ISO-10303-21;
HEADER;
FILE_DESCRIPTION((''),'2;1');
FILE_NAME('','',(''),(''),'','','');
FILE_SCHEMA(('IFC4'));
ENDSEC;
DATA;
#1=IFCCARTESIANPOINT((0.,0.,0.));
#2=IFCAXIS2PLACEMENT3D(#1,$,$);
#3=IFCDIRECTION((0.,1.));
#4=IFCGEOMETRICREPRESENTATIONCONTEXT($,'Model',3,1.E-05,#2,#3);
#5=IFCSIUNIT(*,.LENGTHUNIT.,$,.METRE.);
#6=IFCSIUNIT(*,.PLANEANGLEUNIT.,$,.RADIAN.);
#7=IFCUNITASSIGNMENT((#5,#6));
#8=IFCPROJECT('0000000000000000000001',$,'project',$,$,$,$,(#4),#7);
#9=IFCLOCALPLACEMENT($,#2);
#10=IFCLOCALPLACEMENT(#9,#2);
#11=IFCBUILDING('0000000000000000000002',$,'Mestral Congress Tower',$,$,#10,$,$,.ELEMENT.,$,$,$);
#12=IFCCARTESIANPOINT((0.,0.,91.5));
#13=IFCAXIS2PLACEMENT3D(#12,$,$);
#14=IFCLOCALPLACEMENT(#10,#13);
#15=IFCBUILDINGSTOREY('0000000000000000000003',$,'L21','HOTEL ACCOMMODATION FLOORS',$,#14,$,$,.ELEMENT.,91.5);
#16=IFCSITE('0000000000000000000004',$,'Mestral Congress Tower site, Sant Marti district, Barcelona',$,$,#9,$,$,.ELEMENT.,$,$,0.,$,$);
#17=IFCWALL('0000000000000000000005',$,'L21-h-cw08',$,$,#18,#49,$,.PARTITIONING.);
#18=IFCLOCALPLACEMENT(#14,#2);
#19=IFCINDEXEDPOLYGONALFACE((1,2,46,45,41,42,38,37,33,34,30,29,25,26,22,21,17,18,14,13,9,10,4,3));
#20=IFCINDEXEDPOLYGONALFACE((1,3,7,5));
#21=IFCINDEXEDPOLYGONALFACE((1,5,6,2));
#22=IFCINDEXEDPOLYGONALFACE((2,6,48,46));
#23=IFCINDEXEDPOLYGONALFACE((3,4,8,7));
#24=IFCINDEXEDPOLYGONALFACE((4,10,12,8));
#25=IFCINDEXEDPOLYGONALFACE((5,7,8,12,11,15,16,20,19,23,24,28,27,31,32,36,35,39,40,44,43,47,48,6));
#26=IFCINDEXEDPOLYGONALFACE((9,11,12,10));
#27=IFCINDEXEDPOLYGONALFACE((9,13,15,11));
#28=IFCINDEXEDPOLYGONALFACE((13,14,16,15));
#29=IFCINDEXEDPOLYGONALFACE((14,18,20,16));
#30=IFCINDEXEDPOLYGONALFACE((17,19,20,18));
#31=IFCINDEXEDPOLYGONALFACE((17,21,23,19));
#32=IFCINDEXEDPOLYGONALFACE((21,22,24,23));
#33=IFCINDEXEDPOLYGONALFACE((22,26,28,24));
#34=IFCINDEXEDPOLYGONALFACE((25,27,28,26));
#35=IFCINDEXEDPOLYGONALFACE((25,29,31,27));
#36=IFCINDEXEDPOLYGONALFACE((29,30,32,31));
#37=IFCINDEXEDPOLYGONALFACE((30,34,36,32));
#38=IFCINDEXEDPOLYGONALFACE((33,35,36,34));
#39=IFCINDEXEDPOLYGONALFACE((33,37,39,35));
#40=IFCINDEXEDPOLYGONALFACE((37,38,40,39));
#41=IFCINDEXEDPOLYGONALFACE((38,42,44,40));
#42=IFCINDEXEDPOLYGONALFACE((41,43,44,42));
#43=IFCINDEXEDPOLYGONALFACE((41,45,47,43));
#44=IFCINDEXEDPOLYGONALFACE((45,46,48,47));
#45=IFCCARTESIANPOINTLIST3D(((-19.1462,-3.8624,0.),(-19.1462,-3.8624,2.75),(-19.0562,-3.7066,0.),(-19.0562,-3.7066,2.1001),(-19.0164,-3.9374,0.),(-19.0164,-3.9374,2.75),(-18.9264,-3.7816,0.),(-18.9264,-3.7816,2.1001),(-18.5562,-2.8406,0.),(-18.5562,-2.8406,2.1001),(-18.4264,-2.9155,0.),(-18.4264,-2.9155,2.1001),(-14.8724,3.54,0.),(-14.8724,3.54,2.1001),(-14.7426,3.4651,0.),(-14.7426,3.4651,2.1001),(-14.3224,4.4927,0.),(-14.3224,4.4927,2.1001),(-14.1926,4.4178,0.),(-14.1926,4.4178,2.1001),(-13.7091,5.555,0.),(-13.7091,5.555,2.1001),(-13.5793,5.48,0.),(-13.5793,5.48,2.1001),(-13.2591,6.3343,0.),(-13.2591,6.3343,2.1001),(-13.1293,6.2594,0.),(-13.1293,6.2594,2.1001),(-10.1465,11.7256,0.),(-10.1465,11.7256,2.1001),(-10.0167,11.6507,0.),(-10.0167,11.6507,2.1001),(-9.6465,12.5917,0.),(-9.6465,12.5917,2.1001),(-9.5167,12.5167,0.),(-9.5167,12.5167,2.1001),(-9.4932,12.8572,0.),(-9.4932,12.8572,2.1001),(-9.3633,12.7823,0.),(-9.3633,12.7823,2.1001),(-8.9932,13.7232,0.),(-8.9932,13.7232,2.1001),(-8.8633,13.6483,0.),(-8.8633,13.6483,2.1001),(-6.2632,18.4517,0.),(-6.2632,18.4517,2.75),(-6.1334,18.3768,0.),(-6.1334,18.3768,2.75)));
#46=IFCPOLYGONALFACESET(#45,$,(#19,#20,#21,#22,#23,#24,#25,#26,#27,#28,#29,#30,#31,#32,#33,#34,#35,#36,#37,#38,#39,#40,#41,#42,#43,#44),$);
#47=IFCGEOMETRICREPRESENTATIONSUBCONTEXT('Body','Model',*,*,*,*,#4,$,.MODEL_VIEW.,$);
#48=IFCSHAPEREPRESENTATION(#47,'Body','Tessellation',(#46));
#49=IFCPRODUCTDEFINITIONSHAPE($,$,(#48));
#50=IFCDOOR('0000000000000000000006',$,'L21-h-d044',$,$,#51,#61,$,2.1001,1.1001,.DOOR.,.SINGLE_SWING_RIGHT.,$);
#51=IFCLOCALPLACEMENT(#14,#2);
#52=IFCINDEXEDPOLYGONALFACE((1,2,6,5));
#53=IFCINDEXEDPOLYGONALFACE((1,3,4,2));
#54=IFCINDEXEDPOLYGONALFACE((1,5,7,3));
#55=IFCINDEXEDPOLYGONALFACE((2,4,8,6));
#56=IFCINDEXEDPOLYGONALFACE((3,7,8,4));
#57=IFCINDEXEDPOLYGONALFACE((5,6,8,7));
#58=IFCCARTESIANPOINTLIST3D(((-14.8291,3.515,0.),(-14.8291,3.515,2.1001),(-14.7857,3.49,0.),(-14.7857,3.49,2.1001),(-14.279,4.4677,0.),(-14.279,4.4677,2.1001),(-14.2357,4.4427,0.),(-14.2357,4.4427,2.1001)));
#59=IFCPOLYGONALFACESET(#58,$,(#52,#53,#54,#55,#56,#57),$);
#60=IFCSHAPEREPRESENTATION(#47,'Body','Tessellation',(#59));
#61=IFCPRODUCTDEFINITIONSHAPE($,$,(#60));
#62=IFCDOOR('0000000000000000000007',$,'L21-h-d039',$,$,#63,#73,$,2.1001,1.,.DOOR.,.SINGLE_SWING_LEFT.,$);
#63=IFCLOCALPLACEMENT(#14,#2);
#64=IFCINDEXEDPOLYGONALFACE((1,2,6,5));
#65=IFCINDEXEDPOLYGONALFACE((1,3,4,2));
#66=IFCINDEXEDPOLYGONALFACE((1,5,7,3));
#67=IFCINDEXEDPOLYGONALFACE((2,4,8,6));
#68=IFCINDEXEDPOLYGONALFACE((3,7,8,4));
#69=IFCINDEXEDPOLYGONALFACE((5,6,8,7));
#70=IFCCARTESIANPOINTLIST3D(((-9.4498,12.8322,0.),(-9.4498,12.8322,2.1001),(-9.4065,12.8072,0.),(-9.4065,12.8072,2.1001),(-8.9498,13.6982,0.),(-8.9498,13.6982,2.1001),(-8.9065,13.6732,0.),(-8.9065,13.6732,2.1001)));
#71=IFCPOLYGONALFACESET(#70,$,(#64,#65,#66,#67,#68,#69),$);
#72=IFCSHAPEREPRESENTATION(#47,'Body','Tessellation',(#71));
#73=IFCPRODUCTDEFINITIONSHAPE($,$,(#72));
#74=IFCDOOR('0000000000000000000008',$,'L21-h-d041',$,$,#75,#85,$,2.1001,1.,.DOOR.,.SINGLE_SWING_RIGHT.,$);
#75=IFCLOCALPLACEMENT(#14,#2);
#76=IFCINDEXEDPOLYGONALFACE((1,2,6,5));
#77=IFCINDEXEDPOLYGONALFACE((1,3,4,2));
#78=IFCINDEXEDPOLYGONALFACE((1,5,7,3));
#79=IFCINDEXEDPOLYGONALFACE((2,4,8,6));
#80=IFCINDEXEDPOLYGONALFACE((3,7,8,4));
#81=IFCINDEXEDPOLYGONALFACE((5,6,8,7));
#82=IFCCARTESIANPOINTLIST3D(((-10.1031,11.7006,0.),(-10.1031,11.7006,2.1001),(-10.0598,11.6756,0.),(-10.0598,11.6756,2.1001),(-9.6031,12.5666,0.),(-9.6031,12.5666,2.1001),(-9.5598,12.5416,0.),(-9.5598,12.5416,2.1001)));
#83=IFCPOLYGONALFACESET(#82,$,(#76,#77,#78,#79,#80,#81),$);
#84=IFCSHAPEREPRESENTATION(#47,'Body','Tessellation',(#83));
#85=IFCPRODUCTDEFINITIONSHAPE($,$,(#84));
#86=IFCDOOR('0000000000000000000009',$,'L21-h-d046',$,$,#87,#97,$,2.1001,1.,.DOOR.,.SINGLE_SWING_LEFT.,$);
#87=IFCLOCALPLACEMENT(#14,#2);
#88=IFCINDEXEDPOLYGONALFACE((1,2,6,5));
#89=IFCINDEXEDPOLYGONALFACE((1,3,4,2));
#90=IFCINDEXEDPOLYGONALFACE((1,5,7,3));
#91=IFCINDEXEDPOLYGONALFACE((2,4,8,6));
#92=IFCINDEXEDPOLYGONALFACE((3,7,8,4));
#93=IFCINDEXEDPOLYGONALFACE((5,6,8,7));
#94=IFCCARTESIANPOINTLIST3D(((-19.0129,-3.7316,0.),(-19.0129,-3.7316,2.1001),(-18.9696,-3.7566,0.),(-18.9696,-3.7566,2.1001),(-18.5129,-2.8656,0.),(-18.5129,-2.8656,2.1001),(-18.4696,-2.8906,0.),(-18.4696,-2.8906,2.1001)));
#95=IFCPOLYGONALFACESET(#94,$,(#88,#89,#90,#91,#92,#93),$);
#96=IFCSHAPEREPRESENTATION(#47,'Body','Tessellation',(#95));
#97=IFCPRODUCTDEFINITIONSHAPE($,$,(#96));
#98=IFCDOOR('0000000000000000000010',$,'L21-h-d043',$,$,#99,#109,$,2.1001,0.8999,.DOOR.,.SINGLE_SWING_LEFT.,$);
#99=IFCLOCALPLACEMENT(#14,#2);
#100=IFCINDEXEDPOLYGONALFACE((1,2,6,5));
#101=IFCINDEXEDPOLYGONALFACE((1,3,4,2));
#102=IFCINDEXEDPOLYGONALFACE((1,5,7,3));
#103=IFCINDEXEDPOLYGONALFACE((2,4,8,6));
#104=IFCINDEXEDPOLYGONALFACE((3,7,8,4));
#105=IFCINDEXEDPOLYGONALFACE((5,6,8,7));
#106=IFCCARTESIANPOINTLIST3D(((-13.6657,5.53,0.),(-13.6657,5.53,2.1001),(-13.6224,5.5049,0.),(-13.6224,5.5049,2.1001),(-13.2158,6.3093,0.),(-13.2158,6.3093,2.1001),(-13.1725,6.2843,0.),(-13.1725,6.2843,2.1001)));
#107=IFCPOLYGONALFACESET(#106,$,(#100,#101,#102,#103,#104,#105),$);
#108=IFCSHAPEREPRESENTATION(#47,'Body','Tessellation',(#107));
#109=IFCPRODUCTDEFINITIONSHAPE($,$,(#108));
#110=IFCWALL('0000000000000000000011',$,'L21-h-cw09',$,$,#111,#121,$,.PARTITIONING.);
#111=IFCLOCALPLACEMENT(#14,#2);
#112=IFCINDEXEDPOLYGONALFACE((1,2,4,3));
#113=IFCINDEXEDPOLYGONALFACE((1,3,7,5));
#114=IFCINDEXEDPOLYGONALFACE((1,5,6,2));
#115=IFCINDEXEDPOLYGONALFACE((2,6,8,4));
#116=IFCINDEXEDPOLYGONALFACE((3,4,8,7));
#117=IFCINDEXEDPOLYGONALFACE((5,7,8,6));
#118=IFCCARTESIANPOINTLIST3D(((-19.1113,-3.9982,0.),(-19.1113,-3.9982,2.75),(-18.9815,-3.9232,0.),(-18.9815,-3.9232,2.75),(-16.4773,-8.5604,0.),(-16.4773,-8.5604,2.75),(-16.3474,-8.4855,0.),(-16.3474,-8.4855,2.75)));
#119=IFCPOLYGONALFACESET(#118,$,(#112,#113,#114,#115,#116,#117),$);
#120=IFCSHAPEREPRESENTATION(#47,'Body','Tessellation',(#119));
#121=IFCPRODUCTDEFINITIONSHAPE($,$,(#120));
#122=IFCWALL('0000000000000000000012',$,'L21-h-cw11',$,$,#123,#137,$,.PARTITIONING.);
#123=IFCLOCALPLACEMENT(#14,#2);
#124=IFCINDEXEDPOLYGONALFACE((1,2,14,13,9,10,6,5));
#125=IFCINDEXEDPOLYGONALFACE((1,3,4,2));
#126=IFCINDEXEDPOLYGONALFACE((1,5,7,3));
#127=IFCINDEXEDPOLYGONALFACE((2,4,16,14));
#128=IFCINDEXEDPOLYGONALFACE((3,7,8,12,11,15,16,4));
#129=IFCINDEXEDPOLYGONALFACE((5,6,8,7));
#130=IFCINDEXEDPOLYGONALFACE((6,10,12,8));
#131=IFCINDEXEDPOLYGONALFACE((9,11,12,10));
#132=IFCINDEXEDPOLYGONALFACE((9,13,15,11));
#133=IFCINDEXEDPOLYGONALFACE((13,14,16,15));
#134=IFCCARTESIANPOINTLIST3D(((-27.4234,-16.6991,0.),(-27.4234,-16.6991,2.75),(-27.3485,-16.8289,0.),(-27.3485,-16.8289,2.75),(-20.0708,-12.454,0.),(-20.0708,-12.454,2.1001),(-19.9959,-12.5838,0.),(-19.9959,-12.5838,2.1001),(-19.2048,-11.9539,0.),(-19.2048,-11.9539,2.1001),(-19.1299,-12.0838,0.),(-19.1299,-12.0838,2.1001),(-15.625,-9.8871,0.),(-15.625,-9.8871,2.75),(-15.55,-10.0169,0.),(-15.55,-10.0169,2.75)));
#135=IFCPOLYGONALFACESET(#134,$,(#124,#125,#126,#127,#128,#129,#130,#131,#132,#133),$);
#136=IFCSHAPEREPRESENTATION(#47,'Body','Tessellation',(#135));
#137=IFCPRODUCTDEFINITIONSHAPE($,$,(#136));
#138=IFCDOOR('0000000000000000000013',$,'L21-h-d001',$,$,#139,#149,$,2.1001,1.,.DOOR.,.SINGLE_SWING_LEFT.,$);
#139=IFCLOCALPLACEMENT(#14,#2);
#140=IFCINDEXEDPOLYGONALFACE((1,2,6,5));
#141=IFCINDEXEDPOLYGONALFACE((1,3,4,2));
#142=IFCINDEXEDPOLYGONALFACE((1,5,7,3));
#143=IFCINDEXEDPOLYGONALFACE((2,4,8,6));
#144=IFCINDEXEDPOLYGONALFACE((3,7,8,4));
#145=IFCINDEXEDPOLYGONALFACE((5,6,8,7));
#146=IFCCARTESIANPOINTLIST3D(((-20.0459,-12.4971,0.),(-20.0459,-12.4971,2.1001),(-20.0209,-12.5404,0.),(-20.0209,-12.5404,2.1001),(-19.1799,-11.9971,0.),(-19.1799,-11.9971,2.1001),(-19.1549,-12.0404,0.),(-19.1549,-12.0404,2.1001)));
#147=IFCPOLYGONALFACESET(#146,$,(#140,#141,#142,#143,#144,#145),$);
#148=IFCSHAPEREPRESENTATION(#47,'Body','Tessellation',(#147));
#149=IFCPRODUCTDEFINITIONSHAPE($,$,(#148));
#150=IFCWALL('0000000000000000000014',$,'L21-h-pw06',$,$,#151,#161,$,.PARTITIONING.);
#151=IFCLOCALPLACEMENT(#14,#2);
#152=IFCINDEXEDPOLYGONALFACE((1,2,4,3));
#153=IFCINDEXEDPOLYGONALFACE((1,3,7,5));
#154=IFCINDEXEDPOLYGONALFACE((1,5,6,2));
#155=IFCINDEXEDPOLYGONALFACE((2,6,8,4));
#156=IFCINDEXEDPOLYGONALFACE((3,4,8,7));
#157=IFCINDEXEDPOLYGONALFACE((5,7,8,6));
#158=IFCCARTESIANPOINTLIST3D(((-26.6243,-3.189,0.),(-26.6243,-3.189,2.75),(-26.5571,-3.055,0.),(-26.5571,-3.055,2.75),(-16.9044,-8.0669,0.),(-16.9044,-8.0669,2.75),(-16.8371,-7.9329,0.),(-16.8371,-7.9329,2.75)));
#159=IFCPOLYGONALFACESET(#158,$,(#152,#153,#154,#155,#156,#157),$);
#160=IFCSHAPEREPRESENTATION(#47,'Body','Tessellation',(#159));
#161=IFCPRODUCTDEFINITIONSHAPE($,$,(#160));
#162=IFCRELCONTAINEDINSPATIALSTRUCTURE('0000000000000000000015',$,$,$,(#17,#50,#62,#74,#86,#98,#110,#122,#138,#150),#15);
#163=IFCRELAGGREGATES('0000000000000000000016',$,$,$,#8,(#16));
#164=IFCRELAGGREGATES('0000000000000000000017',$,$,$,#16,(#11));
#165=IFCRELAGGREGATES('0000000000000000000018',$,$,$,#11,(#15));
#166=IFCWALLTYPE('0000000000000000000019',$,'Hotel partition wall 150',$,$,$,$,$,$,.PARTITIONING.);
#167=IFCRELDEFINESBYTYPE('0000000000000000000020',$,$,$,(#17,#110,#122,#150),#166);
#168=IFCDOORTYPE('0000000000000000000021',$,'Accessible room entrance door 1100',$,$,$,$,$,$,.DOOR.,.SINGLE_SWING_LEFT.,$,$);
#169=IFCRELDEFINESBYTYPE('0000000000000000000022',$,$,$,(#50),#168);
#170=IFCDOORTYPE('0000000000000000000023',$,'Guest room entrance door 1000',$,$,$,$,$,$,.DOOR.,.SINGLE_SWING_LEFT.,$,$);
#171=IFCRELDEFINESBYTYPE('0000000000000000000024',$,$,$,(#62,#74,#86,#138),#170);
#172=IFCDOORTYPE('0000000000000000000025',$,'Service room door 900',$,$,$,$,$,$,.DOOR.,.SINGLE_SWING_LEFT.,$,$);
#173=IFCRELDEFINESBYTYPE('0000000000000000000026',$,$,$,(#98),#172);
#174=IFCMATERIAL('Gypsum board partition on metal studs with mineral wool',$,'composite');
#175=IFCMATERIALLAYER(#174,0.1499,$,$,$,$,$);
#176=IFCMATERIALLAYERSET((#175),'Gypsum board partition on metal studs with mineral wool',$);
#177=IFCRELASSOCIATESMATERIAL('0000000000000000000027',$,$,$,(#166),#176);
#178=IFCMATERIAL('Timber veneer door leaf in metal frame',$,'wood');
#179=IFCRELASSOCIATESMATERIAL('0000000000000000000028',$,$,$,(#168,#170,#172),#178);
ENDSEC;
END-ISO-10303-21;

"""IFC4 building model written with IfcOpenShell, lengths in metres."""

from ifc_helpers import new_model, si_unit, direction, frame, frame_2d, origin, place, context, subcontext, project, spatial, rectangle, extrude, material, layer, layer_set, type_object, element, fill, save


model = new_model("IFC4")

# Units and contexts
model_context = context("Model", 3, precision=1e-05, world=origin(), true_north=direction((0.0, 1.0)))
body_context = subcontext(model_context, "Body", "Model", "MODEL_VIEW")
ifc_project = project(units=[si_unit("LENGTHUNIT", "METRE"), si_unit("PLANEANGLEUNIT", "RADIAN")], contexts=[model_context])

# Site, building, storey
site_placement = place(None, origin())
site = spatial("IfcSite", under=ifc_project, at=site_placement, Name="Mestral Congress Tower site, Sant Marti district, Barcelona", CompositionType="ELEMENT", RefElevation=0.0)
building_placement = place(site_placement, origin())
building = spatial("IfcBuilding", under=site, at=building_placement, Name="Mestral Congress Tower", CompositionType="ELEMENT")
storey_placement = place(building_placement, frame((0.0, 0.0, 91.5)))
storey = spatial("IfcBuildingStorey", under=building, at=storey_placement, Name="L21", Description="HOTEL ACCOMMODATION FLOORS", CompositionType="ELEMENT", Elevation=91.5)

# Shared definitions
ifc_material_1 = material(Name="Gypsum board partition on metal studs with mineral wool", Category="composite")

# Wall, openings, doors
ifc_layer_1 = layer(ifc_material_1, 0.1499)
ifc_layer_set_1 = layer_set([ifc_layer_1], Name="Gypsum board partition on metal studs with mineral wool")
wall_type_1 = type_object("IfcWallType", Name="Hotel partition wall 150", PredefinedType="PARTITIONING", material=ifc_layer_set_1)
wall_1_placement = place(storey_placement, frame((-19.0813, -3.8999, 0.0), z_axis=(0.0, 0.0, 1.0), x_axis=(0.499998, 0.866026, 0.0)))
wall_1 = element("IfcWall", 1, at=wall_1_placement, inside=storey, type_object=wall_type_1, Name="L21-h-cw08", PredefinedType="PARTITIONING", context=body_context, shape_type="SweptSolid", body=[
    extrude(rectangle(XDim=25.7661, YDim=0.1499, at=frame_2d((12.8831, 0.0))), origin(), (0.0, 0.0, 1.0), 2.75),
])
opening_1_placement = place(wall_1_placement, frame((19.3062, 0.0, 0.0)))
opening_1 = element("IfcOpeningElement", 2, at=opening_1_placement, cuts=wall_1, PredefinedType="OPENING", context=body_context, shape_type="SweptSolid", body=[
    extrude(rectangle(XDim=1.0, YDim=2.1001, at=frame_2d((0.5, 1.05))), frame((0.0, 0.085, 0.0), z_axis=(0.0, -1.0, 0.0), x_axis=(1.0, 0.0, 0.0)), (0.0, 0.0, 1.0), 0.1699),
])
opening_2_placement = place(wall_1_placement, frame((17.9995, 0.0, 0.0)))
opening_2 = element("IfcOpeningElement", 3, at=opening_2_placement, cuts=wall_1, PredefinedType="OPENING", context=body_context, shape_type="SweptSolid", body=[
    extrude(rectangle(XDim=1.0, YDim=2.1001, at=frame_2d((0.5, 1.05))), frame((0.0, 0.085, 0.0), z_axis=(0.0, -1.0, 0.0), x_axis=(1.0, 0.0, 0.0)), (0.0, 0.0, 1.0), 0.1699),
])
opening_3_placement = place(wall_1_placement, frame((10.8743, 0.0, 0.0)))
opening_3 = element("IfcOpeningElement", 4, at=opening_3_placement, cuts=wall_1, PredefinedType="OPENING", context=body_context, shape_type="SweptSolid", body=[
    extrude(rectangle(XDim=0.8999, YDim=2.1001, at=frame_2d((0.45, 1.05))), frame((0.0, 0.085, 0.0), z_axis=(0.0, -1.0, 0.0), x_axis=(1.0, 0.0, 0.0)), (0.0, 0.0, 1.0), 0.1699),
])
opening_4_placement = place(wall_1_placement, frame((8.5476, 0.0, 0.0)))
opening_4 = element("IfcOpeningElement", 5, at=opening_4_placement, cuts=wall_1, PredefinedType="OPENING", context=body_context, shape_type="SweptSolid", body=[
    extrude(rectangle(XDim=1.1001, YDim=2.1001, at=frame_2d((0.55, 1.05))), frame((0.0, 0.085, 0.0), z_axis=(0.0, -1.0, 0.0), x_axis=(1.0, 0.0, 0.0)), (0.0, 0.0, 1.0), 0.1699),
])
opening_5_placement = place(wall_1_placement, frame((0.1799, 0.0, 0.0)))
opening_5 = element("IfcOpeningElement", 6, at=opening_5_placement, cuts=wall_1, PredefinedType="OPENING", context=body_context, shape_type="SweptSolid", body=[
    extrude(rectangle(XDim=1.0, YDim=2.1001, at=frame_2d((0.5, 1.05))), frame((0.0, 0.085, 0.0), z_axis=(0.0, -1.0, 0.0), x_axis=(1.0, 0.0, 0.0)), (0.0, 0.0, 1.0), 0.1699),
])
ifc_material_2 = material(Name="Timber veneer door leaf in metal frame", Category="wood")
door_type_1 = type_object("IfcDoorType", Name="Accessible room entrance door 1100", OperationType="SINGLE_SWING_LEFT", PredefinedType="DOOR", material=ifc_material_2)
door_1_placement = place(opening_4_placement, origin())
door_1 = element("IfcDoor", 7, at=door_1_placement, inside=storey, type_object=door_type_1, Name="L21-h-d044", OperationType="SINGLE_SWING_RIGHT", OverallHeight=2.1001, OverallWidth=1.1001, PredefinedType="DOOR", context=body_context, shape_type="SweptSolid", body=[
    extrude(rectangle(XDim=1.1001, YDim=2.1001, at=frame_2d((0.55, 1.05))), frame((0.0, 0.0249, 0.0), z_axis=(0.0, -1.0, 0.0), x_axis=(1.0, 0.0, 0.0)), (0.0, 0.0, 1.0), 0.05),
])
fill(opening_4, door_1)
door_type_2 = type_object("IfcDoorType", Name="Guest room entrance door 1000", OperationType="SINGLE_SWING_LEFT", PredefinedType="DOOR", material=ifc_material_2)
door_2_placement = place(opening_1_placement, origin())
door_2 = element("IfcDoor", 8, at=door_2_placement, inside=storey, type_object=door_type_2, Name="L21-h-d039", OperationType="SINGLE_SWING_LEFT", OverallHeight=2.1001, OverallWidth=1.0, PredefinedType="DOOR", context=body_context, shape_type="SweptSolid", body=[
    extrude(rectangle(XDim=1.0, YDim=2.1001, at=frame_2d((0.5, 1.05))), frame((0.0, 0.0249, 0.0), z_axis=(0.0, -1.0, 0.0), x_axis=(1.0, 0.0, 0.0)), (0.0, 0.0, 1.0), 0.05),
])
fill(opening_1, door_2)
door_3_placement = place(opening_2_placement, origin())
door_3 = element("IfcDoor", 9, at=door_3_placement, inside=storey, type_object=door_type_2, Name="L21-h-d041", OperationType="SINGLE_SWING_RIGHT", OverallHeight=2.1001, OverallWidth=1.0, PredefinedType="DOOR", context=body_context, shape_type="SweptSolid", body=[
    extrude(rectangle(XDim=1.0, YDim=2.1001, at=frame_2d((0.5, 1.05))), frame((0.0, 0.0249, 0.0), z_axis=(0.0, -1.0, 0.0), x_axis=(1.0, 0.0, 0.0)), (0.0, 0.0, 1.0), 0.05),
])
fill(opening_2, door_3)
door_4_placement = place(opening_5_placement, origin())
door_4 = element("IfcDoor", 10, at=door_4_placement, inside=storey, type_object=door_type_2, Name="L21-h-d046", OperationType="SINGLE_SWING_LEFT", OverallHeight=2.1001, OverallWidth=1.0, PredefinedType="DOOR", context=body_context, shape_type="SweptSolid", body=[
    extrude(rectangle(XDim=1.0, YDim=2.1001, at=frame_2d((0.5, 1.05))), frame((0.0, 0.0249, 0.0), z_axis=(0.0, -1.0, 0.0), x_axis=(1.0, 0.0, 0.0)), (0.0, 0.0, 1.0), 0.05),
])
fill(opening_5, door_4)
door_type_3 = type_object("IfcDoorType", Name="Service room door 900", OperationType="SINGLE_SWING_LEFT", PredefinedType="DOOR", material=ifc_material_2)
door_5_placement = place(opening_3_placement, origin())
door_5 = element("IfcDoor", 11, at=door_5_placement, inside=storey, type_object=door_type_3, Name="L21-h-d043", OperationType="SINGLE_SWING_LEFT", OverallHeight=2.1001, OverallWidth=0.8999, PredefinedType="DOOR", context=body_context, shape_type="SweptSolid", body=[
    extrude(rectangle(XDim=0.8999, YDim=2.1001, at=frame_2d((0.45, 1.05))), frame((0.0, 0.0249, 0.0), z_axis=(0.0, -1.0, 0.0), x_axis=(1.0, 0.0, 0.0)), (0.0, 0.0, 1.0), 0.05),
])
fill(opening_3, door_5)

# Wall
wall_2_placement = place(storey_placement, frame((-16.4124, -8.5229, 0.0), z_axis=(0.0, 0.0, 1.0), x_axis=(-0.500002, 0.866024, 0.0)))
element("IfcWall", 12, at=wall_2_placement, inside=storey, type_object=wall_type_1, Name="L21-h-cw09", PredefinedType="PARTITIONING", context=body_context, shape_type="SweptSolid", body=[
    extrude(rectangle(XDim=5.2681, YDim=0.1499, at=frame_2d((2.634, 0.0))), origin(), (0.0, 0.0, 1.0), 2.75),
])

# Wall, opening, door
wall_3_placement = place(storey_placement, frame((-15.5874, -9.9519, 0.0), z_axis=(0.0, 0.0, 1.0), x_axis=(-0.866018, -0.500013, 0.0)))
wall_3 = element("IfcWall", 13, at=wall_3_placement, inside=storey, type_object=wall_type_1, Name="L21-h-cw11", PredefinedType="PARTITIONING", context=body_context, shape_type="SweptSolid", body=[
    extrude(rectangle(XDim=13.6238, YDim=0.1499, at=frame_2d((6.812, 0.0))), origin(), (0.0, 0.0, 1.0), 2.75),
])
opening_6_placement = place(wall_3_placement, frame((4.1338, 0.0, 0.0)))
opening_6 = element("IfcOpeningElement", 14, at=opening_6_placement, cuts=wall_3, PredefinedType="OPENING", context=body_context, shape_type="SweptSolid", body=[
    extrude(rectangle(XDim=1.0, YDim=2.1001, at=frame_2d((0.5, 1.05))), frame((0.0, 0.085, 0.0), z_axis=(0.0, -1.0, 0.0), x_axis=(1.0, 0.0, 0.0)), (0.0, 0.0, 1.0), 0.1699),
])
door_6_placement = place(opening_6_placement, origin())
door_6 = element("IfcDoor", 15, at=door_6_placement, inside=storey, type_object=door_type_2, Name="L21-h-d001", OperationType="SINGLE_SWING_LEFT", OverallHeight=2.1001, OverallWidth=1.0, PredefinedType="DOOR", context=body_context, shape_type="SweptSolid", body=[
    extrude(rectangle(XDim=1.0, YDim=2.1001, at=frame_2d((0.5, 1.05))), frame((0.0, 0.0249, 0.0), z_axis=(0.0, -1.0, 0.0), x_axis=(1.0, 0.0, 0.0)), (0.0, 0.0, 1.0), 0.05),
])
fill(opening_6, door_6)

# Wall
wall_4_placement = place(storey_placement, frame((-26.5906, -3.1221, 0.0), z_axis=(0.0, 0.0, 1.0), x_axis=(0.893766, -0.448533, 0.0)))
element("IfcWall", 16, at=wall_4_placement, inside=storey, type_object=wall_type_1, Name="L21-h-pw06", PredefinedType="PARTITIONING", context=body_context, shape_type="SweptSolid", body=[
    extrude(rectangle(XDim=10.8752, YDim=0.1499, at=frame_2d((5.4375, 0.0))), origin(), (0.0, 0.0, 1.0), 2.75),
])

save(model, "model.ifc")
